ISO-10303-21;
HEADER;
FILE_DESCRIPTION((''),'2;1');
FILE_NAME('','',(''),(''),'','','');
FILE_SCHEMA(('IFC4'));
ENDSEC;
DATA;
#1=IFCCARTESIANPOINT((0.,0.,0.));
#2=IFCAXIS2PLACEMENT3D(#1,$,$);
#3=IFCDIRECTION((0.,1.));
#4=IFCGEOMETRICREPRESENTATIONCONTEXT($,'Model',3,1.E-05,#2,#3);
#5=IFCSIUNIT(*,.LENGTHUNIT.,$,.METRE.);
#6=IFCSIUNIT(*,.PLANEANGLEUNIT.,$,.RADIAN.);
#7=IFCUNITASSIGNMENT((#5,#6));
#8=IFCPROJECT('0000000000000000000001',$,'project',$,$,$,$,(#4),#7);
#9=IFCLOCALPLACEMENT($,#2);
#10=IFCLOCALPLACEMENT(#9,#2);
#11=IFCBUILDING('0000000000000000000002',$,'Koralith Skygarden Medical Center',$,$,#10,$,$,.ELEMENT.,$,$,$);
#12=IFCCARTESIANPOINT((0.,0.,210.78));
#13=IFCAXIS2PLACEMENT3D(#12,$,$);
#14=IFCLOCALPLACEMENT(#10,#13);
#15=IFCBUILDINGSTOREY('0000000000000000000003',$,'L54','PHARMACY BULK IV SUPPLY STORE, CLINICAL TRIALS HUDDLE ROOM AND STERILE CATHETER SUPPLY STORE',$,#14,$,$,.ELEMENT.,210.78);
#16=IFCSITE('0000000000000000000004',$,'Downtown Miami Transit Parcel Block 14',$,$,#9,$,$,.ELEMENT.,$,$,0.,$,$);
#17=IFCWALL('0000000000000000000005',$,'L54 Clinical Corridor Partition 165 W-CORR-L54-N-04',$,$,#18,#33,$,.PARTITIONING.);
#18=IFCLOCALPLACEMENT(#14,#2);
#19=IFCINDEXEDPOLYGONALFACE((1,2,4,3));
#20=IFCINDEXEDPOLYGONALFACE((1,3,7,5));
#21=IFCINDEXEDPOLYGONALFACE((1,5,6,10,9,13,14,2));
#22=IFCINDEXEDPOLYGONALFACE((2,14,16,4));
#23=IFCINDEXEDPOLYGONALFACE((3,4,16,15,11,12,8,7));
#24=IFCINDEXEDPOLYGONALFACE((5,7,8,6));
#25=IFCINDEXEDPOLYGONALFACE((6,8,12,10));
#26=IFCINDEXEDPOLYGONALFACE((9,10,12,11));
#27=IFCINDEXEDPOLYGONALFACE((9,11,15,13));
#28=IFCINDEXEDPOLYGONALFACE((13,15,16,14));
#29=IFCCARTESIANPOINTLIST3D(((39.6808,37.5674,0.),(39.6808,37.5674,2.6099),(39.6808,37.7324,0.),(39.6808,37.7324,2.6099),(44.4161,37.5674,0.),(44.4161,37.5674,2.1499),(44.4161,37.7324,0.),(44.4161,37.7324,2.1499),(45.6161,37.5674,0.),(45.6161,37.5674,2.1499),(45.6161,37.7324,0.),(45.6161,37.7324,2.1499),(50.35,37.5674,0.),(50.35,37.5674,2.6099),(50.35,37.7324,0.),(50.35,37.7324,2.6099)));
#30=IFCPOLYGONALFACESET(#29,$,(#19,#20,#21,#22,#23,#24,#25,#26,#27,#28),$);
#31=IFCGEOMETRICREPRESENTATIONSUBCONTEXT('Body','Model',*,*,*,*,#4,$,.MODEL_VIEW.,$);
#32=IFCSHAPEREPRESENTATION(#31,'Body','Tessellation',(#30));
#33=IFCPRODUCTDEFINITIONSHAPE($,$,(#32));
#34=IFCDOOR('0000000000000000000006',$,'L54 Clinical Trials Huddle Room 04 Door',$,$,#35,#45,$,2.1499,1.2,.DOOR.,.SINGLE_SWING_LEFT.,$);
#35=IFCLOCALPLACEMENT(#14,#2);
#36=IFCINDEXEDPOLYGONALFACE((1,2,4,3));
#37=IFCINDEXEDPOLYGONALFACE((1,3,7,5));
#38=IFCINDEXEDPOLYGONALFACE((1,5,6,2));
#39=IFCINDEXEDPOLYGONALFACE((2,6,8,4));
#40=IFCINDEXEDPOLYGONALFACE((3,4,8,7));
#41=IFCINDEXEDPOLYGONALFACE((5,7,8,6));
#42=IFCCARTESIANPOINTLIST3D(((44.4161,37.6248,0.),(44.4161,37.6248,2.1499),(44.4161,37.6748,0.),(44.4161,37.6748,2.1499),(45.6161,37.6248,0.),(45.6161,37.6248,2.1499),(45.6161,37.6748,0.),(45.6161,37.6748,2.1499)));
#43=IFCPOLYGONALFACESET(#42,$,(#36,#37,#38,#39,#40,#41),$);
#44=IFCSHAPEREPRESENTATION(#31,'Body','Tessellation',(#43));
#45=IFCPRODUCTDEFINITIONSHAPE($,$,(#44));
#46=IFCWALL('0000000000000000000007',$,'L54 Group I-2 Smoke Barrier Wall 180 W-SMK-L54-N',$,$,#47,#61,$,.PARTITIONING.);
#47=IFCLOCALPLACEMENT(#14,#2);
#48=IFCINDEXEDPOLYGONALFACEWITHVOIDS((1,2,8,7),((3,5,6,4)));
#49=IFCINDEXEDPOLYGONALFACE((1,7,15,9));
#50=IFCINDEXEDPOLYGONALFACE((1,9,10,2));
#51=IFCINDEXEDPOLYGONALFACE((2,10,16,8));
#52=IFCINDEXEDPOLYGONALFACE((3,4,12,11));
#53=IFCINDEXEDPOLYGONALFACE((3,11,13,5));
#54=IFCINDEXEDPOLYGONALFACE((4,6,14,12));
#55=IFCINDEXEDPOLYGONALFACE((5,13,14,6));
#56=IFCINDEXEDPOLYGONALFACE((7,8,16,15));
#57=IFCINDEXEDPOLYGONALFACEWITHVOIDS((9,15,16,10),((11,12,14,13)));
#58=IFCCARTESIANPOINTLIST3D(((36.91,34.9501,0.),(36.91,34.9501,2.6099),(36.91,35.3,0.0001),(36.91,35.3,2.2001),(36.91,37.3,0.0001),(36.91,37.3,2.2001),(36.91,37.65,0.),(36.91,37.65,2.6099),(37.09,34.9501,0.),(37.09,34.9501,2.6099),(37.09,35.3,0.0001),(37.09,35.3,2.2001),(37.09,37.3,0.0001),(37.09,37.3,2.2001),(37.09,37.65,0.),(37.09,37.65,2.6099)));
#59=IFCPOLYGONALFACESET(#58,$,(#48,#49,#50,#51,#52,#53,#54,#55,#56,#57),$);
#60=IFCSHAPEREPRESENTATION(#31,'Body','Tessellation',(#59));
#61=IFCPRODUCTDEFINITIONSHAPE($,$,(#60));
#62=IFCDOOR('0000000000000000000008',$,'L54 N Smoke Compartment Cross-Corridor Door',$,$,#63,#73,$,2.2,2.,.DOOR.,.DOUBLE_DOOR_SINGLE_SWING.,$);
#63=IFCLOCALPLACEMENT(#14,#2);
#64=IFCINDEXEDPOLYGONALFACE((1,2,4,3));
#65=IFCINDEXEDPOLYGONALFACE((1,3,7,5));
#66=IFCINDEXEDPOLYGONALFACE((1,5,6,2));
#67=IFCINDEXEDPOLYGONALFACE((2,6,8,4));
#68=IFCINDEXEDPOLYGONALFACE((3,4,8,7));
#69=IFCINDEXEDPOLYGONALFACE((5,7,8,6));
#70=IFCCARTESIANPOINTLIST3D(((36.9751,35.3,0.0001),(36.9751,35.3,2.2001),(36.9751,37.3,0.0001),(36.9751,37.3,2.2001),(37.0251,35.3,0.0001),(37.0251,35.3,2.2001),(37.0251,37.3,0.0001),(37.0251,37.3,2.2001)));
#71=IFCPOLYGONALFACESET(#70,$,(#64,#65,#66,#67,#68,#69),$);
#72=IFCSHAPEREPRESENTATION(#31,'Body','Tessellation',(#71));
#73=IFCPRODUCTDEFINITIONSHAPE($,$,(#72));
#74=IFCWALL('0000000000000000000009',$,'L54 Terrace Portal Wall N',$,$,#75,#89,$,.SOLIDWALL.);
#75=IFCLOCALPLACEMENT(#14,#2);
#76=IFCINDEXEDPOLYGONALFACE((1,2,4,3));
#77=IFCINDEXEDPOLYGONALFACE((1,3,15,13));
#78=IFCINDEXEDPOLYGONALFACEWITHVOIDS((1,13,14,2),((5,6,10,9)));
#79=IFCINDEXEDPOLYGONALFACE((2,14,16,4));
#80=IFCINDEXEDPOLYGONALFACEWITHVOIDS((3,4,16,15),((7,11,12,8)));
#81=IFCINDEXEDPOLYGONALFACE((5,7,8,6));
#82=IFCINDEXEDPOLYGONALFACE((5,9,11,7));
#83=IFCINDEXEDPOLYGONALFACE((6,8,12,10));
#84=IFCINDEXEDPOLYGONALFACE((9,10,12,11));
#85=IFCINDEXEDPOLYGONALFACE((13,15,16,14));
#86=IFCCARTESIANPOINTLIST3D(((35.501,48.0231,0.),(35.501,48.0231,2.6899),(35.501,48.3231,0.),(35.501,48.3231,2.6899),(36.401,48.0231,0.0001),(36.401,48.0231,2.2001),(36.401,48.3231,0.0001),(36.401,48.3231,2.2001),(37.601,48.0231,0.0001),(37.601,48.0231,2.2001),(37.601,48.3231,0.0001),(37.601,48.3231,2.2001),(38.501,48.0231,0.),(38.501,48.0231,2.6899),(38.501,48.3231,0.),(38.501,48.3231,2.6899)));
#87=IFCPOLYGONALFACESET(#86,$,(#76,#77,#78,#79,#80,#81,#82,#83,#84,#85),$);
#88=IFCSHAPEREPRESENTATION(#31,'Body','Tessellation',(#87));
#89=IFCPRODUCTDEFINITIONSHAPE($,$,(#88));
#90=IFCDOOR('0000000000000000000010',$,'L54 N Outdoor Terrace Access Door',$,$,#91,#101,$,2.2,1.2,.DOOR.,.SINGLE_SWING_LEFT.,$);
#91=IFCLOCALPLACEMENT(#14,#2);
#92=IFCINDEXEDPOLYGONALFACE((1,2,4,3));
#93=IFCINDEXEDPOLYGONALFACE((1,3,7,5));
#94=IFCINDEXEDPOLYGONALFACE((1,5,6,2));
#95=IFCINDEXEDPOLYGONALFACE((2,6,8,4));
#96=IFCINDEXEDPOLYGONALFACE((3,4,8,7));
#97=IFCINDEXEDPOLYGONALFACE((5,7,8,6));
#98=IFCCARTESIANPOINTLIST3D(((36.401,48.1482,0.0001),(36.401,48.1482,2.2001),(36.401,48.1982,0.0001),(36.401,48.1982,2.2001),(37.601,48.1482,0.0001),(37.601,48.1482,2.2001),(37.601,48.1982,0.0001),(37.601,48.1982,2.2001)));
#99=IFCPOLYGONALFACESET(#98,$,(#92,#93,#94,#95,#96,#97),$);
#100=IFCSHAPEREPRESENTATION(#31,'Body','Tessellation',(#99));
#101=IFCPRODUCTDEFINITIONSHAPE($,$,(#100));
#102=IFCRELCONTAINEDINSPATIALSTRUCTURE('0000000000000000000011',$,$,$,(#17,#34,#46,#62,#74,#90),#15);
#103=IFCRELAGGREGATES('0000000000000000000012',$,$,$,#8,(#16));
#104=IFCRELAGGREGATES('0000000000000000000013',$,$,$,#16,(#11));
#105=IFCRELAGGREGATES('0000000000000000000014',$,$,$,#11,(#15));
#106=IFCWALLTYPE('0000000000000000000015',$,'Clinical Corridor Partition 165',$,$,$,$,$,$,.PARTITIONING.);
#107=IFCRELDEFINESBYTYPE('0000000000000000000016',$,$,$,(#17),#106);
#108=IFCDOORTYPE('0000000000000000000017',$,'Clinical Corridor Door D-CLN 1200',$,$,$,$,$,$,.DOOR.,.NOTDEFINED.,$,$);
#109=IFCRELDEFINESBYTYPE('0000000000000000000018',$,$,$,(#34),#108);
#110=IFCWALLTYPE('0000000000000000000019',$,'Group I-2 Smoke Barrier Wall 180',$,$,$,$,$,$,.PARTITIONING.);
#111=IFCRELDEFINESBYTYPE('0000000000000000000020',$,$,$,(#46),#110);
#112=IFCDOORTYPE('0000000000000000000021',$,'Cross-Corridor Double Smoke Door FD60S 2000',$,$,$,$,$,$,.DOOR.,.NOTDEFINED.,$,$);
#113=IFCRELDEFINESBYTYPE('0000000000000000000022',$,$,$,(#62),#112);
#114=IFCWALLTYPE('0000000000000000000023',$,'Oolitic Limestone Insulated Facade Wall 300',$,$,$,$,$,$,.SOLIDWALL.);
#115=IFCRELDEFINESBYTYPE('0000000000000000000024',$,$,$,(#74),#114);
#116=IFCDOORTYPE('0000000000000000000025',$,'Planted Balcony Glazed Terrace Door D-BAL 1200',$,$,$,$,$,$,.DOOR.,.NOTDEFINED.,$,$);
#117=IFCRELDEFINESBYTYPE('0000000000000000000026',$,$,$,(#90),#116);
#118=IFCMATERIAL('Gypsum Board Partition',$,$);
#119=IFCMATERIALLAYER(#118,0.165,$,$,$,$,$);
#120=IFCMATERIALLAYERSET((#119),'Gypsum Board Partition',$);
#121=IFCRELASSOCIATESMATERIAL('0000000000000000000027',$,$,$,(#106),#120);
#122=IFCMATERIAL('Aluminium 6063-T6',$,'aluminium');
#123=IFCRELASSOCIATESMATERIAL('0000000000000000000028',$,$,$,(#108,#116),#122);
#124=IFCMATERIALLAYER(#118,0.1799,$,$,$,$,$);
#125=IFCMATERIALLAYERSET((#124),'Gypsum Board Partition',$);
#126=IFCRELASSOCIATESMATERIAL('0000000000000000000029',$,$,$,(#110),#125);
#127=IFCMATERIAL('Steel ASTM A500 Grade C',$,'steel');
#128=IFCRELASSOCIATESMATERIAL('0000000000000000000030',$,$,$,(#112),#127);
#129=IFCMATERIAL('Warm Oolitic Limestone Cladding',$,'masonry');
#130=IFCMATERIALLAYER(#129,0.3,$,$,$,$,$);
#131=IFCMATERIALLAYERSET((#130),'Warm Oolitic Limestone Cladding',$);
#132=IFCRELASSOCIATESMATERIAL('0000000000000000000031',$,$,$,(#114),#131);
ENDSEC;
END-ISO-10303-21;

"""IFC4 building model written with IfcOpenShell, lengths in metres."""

from ifc_helpers import new_model, si_unit, direction, frame, frame_2d, origin, place, context, subcontext, project, spatial, rectangle, extrude, material, layer, layer_set, type_object, element, fill, save


model = new_model("IFC4")

# Units and contexts
model_context = context("Model", 3, precision=1e-05, world=origin(), true_north=direction((0.0, 1.0)))
body_context = subcontext(model_context, "Body", "Model", "MODEL_VIEW")
ifc_project = project(units=[si_unit("LENGTHUNIT", "METRE"), si_unit("PLANEANGLEUNIT", "RADIAN")], contexts=[model_context])

# Site, building, storey
site_placement = place(None, origin())
site = spatial("IfcSite", under=ifc_project, at=site_placement, Name="Downtown Miami Transit Parcel Block 14", CompositionType="ELEMENT", RefElevation=0.0)
building_placement = place(site_placement, origin())
building = spatial("IfcBuilding", under=site, at=building_placement, Name="Koralith Skygarden Medical Center", CompositionType="ELEMENT")
storey_placement = place(building_placement, frame((0.0, 0.0, 210.78)))
storey = spatial("IfcBuildingStorey", under=building, at=storey_placement, Name="L54", Description="PHARMACY BULK IV SUPPLY STORE, CLINICAL TRIALS HUDDLE ROOM AND STERILE CATHETER SUPPLY STORE", CompositionType="ELEMENT", Elevation=210.78)

# Shared definitions
ifc_material_1 = material(Name="Aluminium 6063-T6", Category="aluminium")

# Shared definitions
ifc_material_2 = material(Name="Gypsum Board Partition")

# Walls, openings, doors
ifc_layer_1 = layer(ifc_material_2, 0.165)
ifc_layer_set_1 = layer_set([ifc_layer_1], Name="Gypsum Board Partition")
wall_type_1 = type_object("IfcWallType", Name="Clinical Corridor Partition 165", PredefinedType="PARTITIONING", material=ifc_layer_set_1)
wall_1_placement = place(storey_placement, frame((39.6809, 37.6499, 0.0), z_axis=(0.0, 0.0, 1.0), x_axis=(1.0, 0.0, 0.0)))
wall_1 = element("IfcWall", 1, at=wall_1_placement, inside=storey, type_object=wall_type_1, Name="L54 Clinical Corridor Partition 165 W-CORR-L54-N-04", PredefinedType="PARTITIONING", context=body_context, shape_type="SweptSolid", body=[
    extrude(rectangle(XDim=10.6692, YDim=0.165, at=frame_2d((5.3345, 0.0))), origin(), (0.0, 0.0, 1.0), 2.6099),
])
opening_1_placement = place(wall_1_placement, frame((4.7351, 0.0, 0.0)))
opening_1 = element("IfcOpeningElement", 2, at=opening_1_placement, cuts=wall_1, PredefinedType="OPENING", context=body_context, shape_type="SweptSolid", body=[
    extrude(rectangle(XDim=1.2, YDim=2.1499, at=frame_2d((0.6001, 1.075))), frame((0.0, 0.0925, 0.0), z_axis=(0.0, -1.0, 0.0), x_axis=(1.0, 0.0, 0.0)), (0.0, 0.0, 1.0), 0.1851),
])
door_type_1 = type_object("IfcDoorType", Name="Clinical Corridor Door D-CLN 1200", OperationType="NOTDEFINED", PredefinedType="DOOR", material=ifc_material_1)
door_1_placement = place(opening_1_placement, origin())
door_1 = element("IfcDoor", 3, at=door_1_placement, inside=storey, type_object=door_type_1, Name="L54 Clinical Trials Huddle Room 04 Door", OperationType="SINGLE_SWING_LEFT", OverallHeight=2.1499, OverallWidth=1.2, PredefinedType="DOOR", context=body_context, shape_type="SweptSolid", body=[
    extrude(rectangle(XDim=1.2, YDim=2.1499, at=frame_2d((0.6001, 1.075))), frame((0.0, 0.0249, 0.0), z_axis=(0.0, -1.0, 0.0), x_axis=(1.0, 0.0, 0.0)), (0.0, 0.0, 1.0), 0.05),
])
fill(opening_1, door_1)
ifc_layer_2 = layer(ifc_material_2, 0.1799)
ifc_layer_set_2 = layer_set([ifc_layer_2], Name="Gypsum Board Partition")
wall_type_2 = type_object("IfcWallType", Name="Group I-2 Smoke Barrier Wall 180", PredefinedType="PARTITIONING", material=ifc_layer_set_2)
wall_2_placement = place(storey_placement, frame((37.0, 34.95, 0.0), z_axis=(0.0, 0.0, 1.0), x_axis=(0.0, 1.0, 0.0)))
wall_2 = element("IfcWall", 4, at=wall_2_placement, inside=storey, type_object=wall_type_2, Name="L54 Group I-2 Smoke Barrier Wall 180 W-SMK-L54-N", PredefinedType="PARTITIONING", context=body_context, shape_type="SweptSolid", body=[
    extrude(rectangle(XDim=2.7, YDim=0.1799, at=frame_2d((1.3501, 0.0))), origin(), (0.0, 0.0, 1.0), 2.6099),
])
opening_2_placement = place(wall_2_placement, frame((0.3501, 0.0, 0.0)))
opening_2 = element("IfcOpeningElement", 5, at=opening_2_placement, cuts=wall_2, PredefinedType="OPENING", context=body_context, shape_type="SweptSolid", body=[
    extrude(rectangle(XDim=2.0, YDim=2.2, at=frame_2d((1.0, 1.1001))), frame((0.0, 0.0999, 0.0), z_axis=(0.0, -1.0, 0.0), x_axis=(1.0, 0.0, 0.0)), (0.0, 0.0, 1.0), 0.2),
])
ifc_material_3 = material(Name="Steel ASTM A500 Grade C", Category="steel")
door_type_2 = type_object("IfcDoorType", Name="Cross-Corridor Double Smoke Door FD60S 2000", OperationType="NOTDEFINED", PredefinedType="DOOR", material=ifc_material_3)
door_2_placement = place(opening_2_placement, origin())
door_2 = element("IfcDoor", 6, at=door_2_placement, inside=storey, type_object=door_type_2, Name="L54 N Smoke Compartment Cross-Corridor Door", OperationType="DOUBLE_DOOR_SINGLE_SWING", OverallHeight=2.2, OverallWidth=2.0, PredefinedType="DOOR", context=body_context, shape_type="SweptSolid", body=[
    extrude(rectangle(XDim=2.0, YDim=2.2, at=frame_2d((1.0, 1.1001))), frame((0.0, 0.0249, 0.0), z_axis=(0.0, -1.0, 0.0), x_axis=(1.0, 0.0, 0.0)), (0.0, 0.0, 1.0), 0.05),
])
fill(opening_2, door_2)
ifc_material_4 = material(Name="Warm Oolitic Limestone Cladding", Category="masonry")
ifc_layer_3 = layer(ifc_material_4, 0.3)
ifc_layer_set_3 = layer_set([ifc_layer_3], Name="Warm Oolitic Limestone Cladding")
wall_type_3 = type_object("IfcWallType", Name="Oolitic Limestone Insulated Facade Wall 300", PredefinedType="SOLIDWALL", material=ifc_layer_set_3)
wall_3_placement = place(storey_placement, frame((38.501, 48.1731, 0.0), z_axis=(0.0, 0.0, 1.0), x_axis=(-1.0, 0.0, 0.0)))
wall_3 = element("IfcWall", 7, at=wall_3_placement, inside=storey, type_object=wall_type_3, Name="L54 Terrace Portal Wall N", PredefinedType="SOLIDWALL", context=body_context, shape_type="SweptSolid", body=[
    extrude(rectangle(XDim=3.0, YDim=0.3, at=frame_2d((1.5, 0.0))), origin(), (0.0, 0.0, 1.0), 2.6899),
])
opening_3_placement = place(wall_3_placement, frame((0.8999, 0.0, 0.0)))
opening_3 = element("IfcOpeningElement", 8, at=opening_3_placement, cuts=wall_3, PredefinedType="OPENING", context=body_context, shape_type="SweptSolid", body=[
    extrude(rectangle(XDim=1.2, YDim=2.2, at=frame_2d((0.6001, 1.1001))), frame((0.0, 0.1599, 0.0), z_axis=(0.0, -1.0, 0.0), x_axis=(1.0, 0.0, 0.0)), (0.0, 0.0, 1.0), 0.3201),
])
door_type_3 = type_object("IfcDoorType", Name="Planted Balcony Glazed Terrace Door D-BAL 1200", OperationType="NOTDEFINED", PredefinedType="DOOR", material=ifc_material_1)
door_3_placement = place(opening_3_placement, origin())
door_3 = element("IfcDoor", 9, at=door_3_placement, inside=storey, type_object=door_type_3, Name="L54 N Outdoor Terrace Access Door", OperationType="SINGLE_SWING_LEFT", OverallHeight=2.2, OverallWidth=1.2, PredefinedType="DOOR", context=body_context, shape_type="SweptSolid", body=[
    extrude(rectangle(XDim=1.2, YDim=2.2, at=frame_2d((0.6001, 1.1001))), frame((0.0, 0.0249, 0.0), z_axis=(0.0, -1.0, 0.0), x_axis=(1.0, 0.0, 0.0)), (0.0, 0.0, 1.0), 0.05),
])
fill(opening_3, door_3)

save(model, "model.ifc")
